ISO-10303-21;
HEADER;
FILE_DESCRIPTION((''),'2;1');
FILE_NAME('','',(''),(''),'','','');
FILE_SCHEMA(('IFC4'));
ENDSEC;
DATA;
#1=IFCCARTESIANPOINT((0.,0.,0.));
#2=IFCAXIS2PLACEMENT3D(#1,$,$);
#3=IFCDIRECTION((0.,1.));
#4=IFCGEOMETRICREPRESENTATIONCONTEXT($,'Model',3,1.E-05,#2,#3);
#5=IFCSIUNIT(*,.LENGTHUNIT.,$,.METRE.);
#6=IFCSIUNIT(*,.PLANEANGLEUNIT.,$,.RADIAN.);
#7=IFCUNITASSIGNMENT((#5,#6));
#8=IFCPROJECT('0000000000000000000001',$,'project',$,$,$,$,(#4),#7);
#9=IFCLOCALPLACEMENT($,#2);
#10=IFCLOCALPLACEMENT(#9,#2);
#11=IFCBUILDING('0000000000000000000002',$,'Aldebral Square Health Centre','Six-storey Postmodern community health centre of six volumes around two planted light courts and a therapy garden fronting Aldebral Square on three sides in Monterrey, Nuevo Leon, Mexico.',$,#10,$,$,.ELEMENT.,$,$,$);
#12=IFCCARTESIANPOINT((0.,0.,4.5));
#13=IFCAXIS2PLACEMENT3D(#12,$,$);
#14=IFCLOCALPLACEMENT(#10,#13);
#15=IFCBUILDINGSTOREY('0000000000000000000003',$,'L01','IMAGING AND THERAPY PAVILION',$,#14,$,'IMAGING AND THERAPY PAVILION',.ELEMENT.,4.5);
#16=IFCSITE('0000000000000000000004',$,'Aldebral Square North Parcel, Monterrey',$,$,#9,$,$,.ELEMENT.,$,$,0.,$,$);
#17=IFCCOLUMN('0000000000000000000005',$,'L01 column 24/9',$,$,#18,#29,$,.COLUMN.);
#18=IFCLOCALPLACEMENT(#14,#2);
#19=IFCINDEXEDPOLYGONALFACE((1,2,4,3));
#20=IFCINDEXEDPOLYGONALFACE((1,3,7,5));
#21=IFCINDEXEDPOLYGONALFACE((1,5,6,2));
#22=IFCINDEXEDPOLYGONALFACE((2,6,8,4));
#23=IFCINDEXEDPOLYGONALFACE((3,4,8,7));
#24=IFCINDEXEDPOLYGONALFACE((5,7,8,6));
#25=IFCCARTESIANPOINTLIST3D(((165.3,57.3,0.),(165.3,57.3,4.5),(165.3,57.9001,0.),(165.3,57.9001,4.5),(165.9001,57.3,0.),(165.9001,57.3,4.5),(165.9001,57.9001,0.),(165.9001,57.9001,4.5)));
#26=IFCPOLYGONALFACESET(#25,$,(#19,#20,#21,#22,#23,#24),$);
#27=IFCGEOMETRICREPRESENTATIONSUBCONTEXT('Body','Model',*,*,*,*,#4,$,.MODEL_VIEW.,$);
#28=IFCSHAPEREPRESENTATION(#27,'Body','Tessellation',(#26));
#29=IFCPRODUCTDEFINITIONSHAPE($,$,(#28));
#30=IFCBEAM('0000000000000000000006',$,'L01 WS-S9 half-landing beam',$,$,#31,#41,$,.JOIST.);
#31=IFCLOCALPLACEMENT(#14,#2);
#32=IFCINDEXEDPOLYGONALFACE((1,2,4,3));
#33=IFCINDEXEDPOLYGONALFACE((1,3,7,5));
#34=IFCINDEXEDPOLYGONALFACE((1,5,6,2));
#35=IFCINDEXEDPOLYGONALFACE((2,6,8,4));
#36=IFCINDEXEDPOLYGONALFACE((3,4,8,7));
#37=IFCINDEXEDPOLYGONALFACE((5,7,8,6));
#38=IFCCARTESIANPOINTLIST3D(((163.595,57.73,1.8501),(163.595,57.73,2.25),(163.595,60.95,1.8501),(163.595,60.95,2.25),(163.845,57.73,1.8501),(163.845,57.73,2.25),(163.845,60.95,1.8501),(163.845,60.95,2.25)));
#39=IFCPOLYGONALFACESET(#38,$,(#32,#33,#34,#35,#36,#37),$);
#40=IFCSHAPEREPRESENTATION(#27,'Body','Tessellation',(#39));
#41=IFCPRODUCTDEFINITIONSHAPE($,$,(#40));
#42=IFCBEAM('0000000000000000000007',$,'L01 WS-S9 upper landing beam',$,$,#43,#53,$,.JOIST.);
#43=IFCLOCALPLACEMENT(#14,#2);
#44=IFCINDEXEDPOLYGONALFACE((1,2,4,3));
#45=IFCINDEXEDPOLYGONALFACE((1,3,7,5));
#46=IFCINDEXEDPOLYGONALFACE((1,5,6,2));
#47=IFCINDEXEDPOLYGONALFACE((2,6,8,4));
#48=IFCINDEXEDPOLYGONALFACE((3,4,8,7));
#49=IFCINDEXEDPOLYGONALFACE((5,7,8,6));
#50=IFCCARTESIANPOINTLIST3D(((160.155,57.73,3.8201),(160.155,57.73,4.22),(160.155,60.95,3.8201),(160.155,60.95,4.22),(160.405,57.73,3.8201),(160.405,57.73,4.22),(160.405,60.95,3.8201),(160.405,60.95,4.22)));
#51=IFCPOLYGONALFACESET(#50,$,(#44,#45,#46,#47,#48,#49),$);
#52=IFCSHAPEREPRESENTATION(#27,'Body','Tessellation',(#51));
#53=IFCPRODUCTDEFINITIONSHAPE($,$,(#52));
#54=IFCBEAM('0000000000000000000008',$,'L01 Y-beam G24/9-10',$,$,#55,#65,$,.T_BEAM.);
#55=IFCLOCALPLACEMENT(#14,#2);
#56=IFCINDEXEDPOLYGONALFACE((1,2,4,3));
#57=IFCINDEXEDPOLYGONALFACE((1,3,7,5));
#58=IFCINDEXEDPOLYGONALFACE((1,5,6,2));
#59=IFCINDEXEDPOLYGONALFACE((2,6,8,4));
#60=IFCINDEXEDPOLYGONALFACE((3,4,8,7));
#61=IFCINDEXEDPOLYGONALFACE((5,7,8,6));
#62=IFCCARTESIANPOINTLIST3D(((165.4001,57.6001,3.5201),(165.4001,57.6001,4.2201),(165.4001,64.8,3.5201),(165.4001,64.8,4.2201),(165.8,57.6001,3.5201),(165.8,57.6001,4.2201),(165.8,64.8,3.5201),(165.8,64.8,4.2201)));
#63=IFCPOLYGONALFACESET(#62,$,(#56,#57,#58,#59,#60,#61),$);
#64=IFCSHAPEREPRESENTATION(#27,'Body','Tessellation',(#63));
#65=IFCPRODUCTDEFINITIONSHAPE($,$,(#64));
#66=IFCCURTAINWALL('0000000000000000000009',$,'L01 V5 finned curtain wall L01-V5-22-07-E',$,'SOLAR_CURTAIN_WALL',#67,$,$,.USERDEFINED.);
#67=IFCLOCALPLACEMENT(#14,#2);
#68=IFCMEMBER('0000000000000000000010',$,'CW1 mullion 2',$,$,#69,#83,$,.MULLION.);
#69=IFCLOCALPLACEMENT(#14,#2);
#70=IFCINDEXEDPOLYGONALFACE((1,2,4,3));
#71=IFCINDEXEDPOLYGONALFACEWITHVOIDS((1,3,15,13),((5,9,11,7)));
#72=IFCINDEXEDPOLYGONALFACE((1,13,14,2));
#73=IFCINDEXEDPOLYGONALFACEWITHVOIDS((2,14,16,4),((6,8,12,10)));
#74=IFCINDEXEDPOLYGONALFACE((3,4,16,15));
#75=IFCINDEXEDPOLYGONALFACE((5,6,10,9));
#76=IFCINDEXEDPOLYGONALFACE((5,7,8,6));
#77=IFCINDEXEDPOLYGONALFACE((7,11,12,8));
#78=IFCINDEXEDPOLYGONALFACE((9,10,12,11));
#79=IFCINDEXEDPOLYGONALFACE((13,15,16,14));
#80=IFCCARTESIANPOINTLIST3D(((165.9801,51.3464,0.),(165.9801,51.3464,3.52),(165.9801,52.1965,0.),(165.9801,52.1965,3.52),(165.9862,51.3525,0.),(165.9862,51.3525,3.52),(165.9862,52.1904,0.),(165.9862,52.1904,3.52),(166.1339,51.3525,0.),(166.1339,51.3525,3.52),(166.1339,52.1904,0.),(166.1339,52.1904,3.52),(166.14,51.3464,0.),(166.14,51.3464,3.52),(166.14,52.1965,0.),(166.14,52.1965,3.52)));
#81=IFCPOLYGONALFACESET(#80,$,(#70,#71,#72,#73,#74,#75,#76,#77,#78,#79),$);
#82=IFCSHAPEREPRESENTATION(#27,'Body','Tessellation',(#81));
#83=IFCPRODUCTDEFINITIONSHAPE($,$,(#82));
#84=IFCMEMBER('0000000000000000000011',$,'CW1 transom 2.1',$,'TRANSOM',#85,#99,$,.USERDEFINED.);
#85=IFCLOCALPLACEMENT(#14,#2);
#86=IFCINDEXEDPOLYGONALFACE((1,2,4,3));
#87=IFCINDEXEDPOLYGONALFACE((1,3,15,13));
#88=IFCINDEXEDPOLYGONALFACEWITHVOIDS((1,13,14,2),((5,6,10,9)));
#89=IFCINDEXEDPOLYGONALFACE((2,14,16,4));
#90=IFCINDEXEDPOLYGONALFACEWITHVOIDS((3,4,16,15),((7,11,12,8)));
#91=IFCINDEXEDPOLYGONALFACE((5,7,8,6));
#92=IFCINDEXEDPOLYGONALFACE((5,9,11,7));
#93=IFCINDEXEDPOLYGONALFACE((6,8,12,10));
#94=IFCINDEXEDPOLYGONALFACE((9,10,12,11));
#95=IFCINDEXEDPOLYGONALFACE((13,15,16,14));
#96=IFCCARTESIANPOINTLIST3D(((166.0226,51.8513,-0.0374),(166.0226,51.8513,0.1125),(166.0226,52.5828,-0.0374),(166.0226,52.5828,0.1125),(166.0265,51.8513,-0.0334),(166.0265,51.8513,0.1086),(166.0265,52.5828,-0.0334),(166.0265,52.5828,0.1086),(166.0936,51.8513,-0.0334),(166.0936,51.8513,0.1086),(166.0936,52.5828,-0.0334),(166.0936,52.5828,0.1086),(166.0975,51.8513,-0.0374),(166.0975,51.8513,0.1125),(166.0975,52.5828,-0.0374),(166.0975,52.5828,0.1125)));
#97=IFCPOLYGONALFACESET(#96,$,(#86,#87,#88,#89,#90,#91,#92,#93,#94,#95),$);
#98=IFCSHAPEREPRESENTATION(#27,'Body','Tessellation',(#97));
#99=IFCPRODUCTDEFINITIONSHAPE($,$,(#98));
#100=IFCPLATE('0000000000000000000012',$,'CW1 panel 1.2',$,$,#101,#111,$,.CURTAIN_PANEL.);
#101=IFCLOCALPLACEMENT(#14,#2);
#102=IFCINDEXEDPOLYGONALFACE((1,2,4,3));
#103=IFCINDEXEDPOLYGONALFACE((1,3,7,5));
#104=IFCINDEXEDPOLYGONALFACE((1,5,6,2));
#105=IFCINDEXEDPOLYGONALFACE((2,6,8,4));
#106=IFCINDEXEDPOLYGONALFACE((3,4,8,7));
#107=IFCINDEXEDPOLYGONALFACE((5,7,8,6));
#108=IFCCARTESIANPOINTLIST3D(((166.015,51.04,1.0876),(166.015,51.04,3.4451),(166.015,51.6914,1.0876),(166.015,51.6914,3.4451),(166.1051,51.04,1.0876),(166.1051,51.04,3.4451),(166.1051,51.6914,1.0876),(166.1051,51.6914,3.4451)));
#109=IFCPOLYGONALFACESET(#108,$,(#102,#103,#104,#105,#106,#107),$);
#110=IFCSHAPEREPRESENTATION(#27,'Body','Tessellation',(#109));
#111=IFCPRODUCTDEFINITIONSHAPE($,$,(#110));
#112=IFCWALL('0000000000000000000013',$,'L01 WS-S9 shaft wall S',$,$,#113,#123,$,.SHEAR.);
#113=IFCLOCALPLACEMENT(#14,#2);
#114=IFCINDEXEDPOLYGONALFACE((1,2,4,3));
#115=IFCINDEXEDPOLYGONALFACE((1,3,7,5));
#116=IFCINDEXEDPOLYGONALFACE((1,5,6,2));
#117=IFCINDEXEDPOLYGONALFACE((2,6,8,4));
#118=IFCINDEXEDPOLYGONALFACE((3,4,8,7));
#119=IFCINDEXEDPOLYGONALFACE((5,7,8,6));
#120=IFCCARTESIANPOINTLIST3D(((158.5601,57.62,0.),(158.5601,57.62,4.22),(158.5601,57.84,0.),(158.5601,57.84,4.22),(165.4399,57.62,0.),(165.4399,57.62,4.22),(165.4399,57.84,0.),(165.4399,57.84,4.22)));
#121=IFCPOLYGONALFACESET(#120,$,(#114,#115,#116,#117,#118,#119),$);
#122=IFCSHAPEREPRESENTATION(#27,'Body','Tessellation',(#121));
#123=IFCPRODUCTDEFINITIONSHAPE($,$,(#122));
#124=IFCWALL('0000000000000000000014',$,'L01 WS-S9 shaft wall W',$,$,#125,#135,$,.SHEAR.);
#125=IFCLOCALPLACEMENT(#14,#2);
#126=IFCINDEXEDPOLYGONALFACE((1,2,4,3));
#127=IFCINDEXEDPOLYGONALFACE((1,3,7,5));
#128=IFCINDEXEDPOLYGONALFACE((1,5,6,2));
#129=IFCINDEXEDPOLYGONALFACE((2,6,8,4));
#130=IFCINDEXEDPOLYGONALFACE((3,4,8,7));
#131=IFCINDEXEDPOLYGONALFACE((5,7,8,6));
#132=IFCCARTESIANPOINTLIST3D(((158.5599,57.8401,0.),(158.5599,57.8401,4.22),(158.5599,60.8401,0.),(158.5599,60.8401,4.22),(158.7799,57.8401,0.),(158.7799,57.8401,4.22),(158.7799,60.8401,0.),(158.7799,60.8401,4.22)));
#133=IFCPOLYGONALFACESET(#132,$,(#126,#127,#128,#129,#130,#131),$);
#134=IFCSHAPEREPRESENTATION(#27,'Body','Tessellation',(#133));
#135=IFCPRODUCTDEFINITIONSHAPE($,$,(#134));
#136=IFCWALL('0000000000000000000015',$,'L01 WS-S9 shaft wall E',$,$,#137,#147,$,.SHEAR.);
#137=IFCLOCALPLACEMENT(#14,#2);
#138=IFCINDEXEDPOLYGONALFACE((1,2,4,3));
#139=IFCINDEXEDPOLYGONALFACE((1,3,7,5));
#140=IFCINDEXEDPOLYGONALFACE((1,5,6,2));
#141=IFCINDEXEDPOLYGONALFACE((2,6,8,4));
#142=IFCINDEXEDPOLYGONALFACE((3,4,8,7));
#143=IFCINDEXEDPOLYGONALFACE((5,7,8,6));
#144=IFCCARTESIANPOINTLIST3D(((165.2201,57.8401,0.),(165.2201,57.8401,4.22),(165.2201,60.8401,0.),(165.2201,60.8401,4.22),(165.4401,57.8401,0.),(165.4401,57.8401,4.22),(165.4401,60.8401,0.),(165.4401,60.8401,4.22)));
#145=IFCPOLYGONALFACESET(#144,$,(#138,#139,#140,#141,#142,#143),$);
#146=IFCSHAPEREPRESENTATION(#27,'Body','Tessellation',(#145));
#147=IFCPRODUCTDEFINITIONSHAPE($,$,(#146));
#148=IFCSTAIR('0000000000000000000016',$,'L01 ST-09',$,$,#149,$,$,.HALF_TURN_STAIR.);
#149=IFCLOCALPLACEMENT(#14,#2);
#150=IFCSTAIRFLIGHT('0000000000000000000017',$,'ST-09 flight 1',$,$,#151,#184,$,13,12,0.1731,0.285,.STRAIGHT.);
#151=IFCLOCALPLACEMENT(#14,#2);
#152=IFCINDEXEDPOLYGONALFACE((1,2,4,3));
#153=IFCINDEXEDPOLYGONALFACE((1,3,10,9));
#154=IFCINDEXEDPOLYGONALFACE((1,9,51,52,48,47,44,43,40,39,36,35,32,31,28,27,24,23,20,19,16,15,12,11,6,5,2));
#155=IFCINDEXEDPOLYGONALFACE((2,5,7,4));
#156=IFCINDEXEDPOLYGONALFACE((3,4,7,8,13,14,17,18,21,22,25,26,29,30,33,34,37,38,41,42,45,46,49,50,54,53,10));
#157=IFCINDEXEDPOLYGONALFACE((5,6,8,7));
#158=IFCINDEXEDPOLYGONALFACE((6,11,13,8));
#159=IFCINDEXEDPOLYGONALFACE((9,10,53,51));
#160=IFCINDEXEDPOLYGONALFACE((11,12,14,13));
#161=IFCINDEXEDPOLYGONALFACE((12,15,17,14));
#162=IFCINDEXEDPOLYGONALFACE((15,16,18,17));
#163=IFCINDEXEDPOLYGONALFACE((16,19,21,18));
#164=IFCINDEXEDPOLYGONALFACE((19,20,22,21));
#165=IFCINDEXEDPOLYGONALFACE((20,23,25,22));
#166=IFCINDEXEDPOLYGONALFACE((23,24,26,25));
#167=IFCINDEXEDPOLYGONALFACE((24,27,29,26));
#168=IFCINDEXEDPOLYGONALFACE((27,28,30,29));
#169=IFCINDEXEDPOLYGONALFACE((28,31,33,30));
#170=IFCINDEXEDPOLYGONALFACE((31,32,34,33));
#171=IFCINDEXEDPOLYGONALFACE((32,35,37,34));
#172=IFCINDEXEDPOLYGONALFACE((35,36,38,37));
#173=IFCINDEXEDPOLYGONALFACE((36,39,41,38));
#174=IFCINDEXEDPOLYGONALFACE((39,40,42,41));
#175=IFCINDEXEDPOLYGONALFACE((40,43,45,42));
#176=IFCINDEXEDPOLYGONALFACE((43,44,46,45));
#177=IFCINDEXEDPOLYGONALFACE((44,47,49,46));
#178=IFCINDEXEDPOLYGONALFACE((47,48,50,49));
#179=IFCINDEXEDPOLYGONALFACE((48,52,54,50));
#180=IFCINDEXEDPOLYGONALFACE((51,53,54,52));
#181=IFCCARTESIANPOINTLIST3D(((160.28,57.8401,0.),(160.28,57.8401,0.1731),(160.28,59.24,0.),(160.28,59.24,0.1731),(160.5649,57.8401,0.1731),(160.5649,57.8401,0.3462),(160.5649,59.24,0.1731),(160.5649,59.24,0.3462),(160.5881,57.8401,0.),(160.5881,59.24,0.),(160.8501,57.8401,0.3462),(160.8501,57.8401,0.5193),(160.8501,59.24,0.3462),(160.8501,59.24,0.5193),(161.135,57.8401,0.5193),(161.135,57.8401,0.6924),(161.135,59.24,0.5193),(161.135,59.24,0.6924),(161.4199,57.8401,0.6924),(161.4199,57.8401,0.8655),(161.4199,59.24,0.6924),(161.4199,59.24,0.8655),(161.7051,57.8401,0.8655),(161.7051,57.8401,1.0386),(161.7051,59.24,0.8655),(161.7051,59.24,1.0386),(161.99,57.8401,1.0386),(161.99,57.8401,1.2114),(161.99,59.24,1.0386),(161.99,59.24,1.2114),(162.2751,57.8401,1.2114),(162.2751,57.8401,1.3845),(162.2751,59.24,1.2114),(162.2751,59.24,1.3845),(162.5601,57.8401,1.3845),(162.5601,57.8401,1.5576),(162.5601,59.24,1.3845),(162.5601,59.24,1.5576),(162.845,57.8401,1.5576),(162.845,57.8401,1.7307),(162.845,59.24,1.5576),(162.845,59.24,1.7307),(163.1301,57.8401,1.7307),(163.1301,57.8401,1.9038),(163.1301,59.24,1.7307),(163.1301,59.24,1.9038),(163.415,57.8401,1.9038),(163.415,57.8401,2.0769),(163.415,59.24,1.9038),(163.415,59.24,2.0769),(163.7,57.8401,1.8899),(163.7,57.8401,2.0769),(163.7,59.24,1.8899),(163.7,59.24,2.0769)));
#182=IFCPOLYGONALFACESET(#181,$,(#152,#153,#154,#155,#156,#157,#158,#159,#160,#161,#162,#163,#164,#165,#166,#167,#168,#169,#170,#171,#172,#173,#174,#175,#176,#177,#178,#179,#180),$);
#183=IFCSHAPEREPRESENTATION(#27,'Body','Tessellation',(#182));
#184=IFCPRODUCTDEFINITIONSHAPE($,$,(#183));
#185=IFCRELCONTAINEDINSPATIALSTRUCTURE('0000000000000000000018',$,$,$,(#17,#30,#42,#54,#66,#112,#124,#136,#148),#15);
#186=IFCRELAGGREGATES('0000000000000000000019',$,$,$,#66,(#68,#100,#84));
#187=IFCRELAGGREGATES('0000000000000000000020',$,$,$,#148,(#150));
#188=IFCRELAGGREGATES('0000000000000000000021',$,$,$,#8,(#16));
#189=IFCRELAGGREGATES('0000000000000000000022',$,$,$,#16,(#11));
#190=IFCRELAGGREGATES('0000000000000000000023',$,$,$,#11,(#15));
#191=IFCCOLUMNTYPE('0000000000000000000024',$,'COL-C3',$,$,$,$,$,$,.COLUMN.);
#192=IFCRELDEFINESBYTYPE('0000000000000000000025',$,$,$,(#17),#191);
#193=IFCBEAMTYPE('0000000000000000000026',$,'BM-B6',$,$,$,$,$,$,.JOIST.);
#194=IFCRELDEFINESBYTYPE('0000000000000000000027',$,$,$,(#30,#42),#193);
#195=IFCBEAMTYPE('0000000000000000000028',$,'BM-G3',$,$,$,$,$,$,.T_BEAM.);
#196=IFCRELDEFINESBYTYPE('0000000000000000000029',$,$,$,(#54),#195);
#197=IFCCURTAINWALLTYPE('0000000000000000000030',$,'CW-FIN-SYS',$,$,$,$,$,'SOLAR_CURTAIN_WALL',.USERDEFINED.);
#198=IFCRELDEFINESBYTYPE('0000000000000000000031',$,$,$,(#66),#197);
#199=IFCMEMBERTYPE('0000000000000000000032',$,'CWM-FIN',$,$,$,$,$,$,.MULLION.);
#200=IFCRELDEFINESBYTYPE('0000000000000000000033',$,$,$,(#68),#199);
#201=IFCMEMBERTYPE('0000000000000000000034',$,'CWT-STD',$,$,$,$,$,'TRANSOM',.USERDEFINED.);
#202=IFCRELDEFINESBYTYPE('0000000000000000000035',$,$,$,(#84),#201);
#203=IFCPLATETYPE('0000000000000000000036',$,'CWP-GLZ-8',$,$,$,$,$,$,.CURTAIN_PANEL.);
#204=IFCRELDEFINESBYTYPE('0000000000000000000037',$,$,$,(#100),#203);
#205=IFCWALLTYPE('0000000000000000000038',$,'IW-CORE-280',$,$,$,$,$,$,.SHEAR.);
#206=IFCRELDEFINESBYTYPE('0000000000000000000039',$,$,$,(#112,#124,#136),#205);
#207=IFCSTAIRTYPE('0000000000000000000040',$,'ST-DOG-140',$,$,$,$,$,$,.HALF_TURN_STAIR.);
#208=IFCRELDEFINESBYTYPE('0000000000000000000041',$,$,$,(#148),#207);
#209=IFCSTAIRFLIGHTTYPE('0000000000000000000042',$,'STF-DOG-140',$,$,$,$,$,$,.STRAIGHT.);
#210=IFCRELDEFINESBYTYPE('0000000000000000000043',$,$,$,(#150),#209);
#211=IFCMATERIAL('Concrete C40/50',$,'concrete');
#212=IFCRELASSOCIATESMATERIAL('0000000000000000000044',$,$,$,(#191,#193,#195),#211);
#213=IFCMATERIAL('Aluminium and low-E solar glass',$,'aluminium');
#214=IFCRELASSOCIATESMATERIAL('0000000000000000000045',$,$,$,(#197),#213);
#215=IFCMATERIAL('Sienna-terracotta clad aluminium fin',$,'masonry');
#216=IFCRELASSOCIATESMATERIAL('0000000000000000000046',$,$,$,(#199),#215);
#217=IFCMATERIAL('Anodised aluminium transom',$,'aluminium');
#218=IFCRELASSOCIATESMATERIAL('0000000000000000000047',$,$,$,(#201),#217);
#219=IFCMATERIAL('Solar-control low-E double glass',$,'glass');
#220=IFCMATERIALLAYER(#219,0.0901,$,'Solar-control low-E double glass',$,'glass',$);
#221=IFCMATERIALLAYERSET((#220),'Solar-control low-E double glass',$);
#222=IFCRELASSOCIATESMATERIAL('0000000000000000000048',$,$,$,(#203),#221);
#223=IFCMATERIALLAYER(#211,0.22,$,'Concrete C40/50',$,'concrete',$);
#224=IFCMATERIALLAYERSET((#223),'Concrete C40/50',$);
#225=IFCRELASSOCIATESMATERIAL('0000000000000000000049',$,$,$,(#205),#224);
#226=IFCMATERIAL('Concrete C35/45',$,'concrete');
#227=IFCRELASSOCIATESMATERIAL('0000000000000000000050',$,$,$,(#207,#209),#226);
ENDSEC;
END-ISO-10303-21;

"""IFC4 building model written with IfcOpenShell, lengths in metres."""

from ifc_helpers import new_model, si_unit, direction, frame, frame_2d, origin, origin_2d, place, context, subcontext, project, spatial, polyline, rectangle, hollow_rectangle, outline, extrude, material, layer, layer_set, material_profile, profile_set, type_object, element, aggregate, save


model = new_model("IFC4")

# Units and contexts
model_context = context("Model", 3, precision=1e-05, world=origin(), true_north=direction((0.0, 1.0)))
body_context = subcontext(model_context, "Body", "Model", "MODEL_VIEW")
ifc_project = project(units=[si_unit("LENGTHUNIT", "METRE"), si_unit("PLANEANGLEUNIT", "RADIAN")], contexts=[model_context])

# Site, building, storey
site_placement = place(None, origin())
site = spatial("IfcSite", under=ifc_project, at=site_placement, Name="Aldebral Square North Parcel, Monterrey", CompositionType="ELEMENT", RefElevation=0.0)
building_placement = place(site_placement, origin())
building = spatial("IfcBuilding", under=site, at=building_placement, Name="Aldebral Square Health Centre", Description="Six-storey Postmodern community health centre of six volumes around two planted light courts and a therapy garden fronting Aldebral Square on three sides in Monterrey, Nuevo Leon, Mexico.", CompositionType="ELEMENT")
storey_placement = place(building_placement, frame((0.0, 0.0, 4.5)))
storey = spatial("IfcBuildingStorey", under=building, at=storey_placement, Name="L01", Description="IMAGING AND THERAPY PAVILION", LongName="IMAGING AND THERAPY PAVILION", CompositionType="ELEMENT", Elevation=4.5)

# Column
ifc_material_1 = material(Name="Concrete C40/50", Category="concrete")
ifc_material_profile_1 = material_profile(ifc_material_1, rectangle(XDim=0.6001, YDim=0.6001, at=origin_2d()), Name="RC 600x600")
ifc_profile_set_1 = profile_set([ifc_material_profile_1], Name="Concrete C40/50")
column_type = type_object("IfcColumnType", Name="COL-C3", PredefinedType="COLUMN", material=ifc_profile_set_1)
column_placement = place(storey_placement, frame((165.6001, 57.6001, 0.0), z_axis=(0.0, 0.0, 1.0), x_axis=(1.0, 0.0, 0.0)))
element("IfcColumn", 1, at=column_placement, inside=storey, type_object=column_type, Name="L01 column 24/9", PredefinedType="COLUMN", context=body_context, shape_type="SweptSolid", body=[
    extrude(rectangle(XDim=0.6001, YDim=0.6001, at=origin_2d()), origin(), (0.0, 0.0, 1.0), 4.5),
])

# Beams
ifc_material_profile_2 = material_profile(ifc_material_1, rectangle(XDim=0.25, YDim=0.3999, at=origin_2d()), Name="RC 250x400")
ifc_profile_set_2 = profile_set([ifc_material_profile_2], Name="Concrete C40/50")
beam_type_1 = type_object("IfcBeamType", Name="BM-B6", PredefinedType="JOIST", material=ifc_profile_set_2)
for number, where, z_axis, x_axis, name in (
    (2, (163.72, 57.73, 2.05), (0.0, 1.0, 0.0), (-1.0, 0.0, 0.0), "L01 WS-S9 half-landing beam"),
    (3, (160.28, 57.73, 4.02), (0.0, 1.0, 0.0), (-1.0, 0.0, 0.0), "L01 WS-S9 upper landing beam"),
):
    element("IfcBeam", number, at=place(storey_placement, frame(where, z_axis=z_axis, x_axis=x_axis)), inside=storey, type_object=beam_type_1, Name=name, PredefinedType="JOIST", context=body_context, shape_type="SweptSolid", body=[
        extrude(rectangle(XDim=0.25, YDim=0.3999, at=origin_2d()), origin(), (0.0, 0.0, 1.0), 3.22),
    ])
ifc_material_profile_3 = material_profile(ifc_material_1, rectangle(XDim=0.3999, YDim=0.7, at=origin_2d()), Name="RC 400x700")
ifc_profile_set_3 = profile_set([ifc_material_profile_3], Name="Concrete C40/50")
beam_type_2 = type_object("IfcBeamType", Name="BM-G3", PredefinedType="T_BEAM", material=ifc_profile_set_3)
beam_placement = place(storey_placement, frame((165.6001, 57.6001, 3.8701), z_axis=(0.0, 1.0, 0.0), x_axis=(-1.0, 0.0, 0.0)))
element("IfcBeam", 4, at=beam_placement, inside=storey, type_object=beam_type_2, Name="L01 Y-beam G24/9-10", PredefinedType="T_BEAM", context=body_context, shape_type="SweptSolid", body=[
    extrude(rectangle(XDim=0.3999, YDim=0.7, at=origin_2d()), origin(), (0.0, 0.0, 1.0), 7.2),
])

# Curtain wall, members, plate
ifc_material_2 = material(Name="Aluminium and low-E solar glass", Category="aluminium")
curtain_wall_type = type_object("IfcCurtainWallType", Name="CW-FIN-SYS", ElementType="SOLAR_CURTAIN_WALL", PredefinedType="USERDEFINED", material=ifc_material_2)
curtain_wall_placement = place(storey_placement, origin())
curtain_wall = element("IfcCurtainWall", 5, at=curtain_wall_placement, inside=storey, type_object=curtain_wall_type, Name="L01 V5 finned curtain wall L01-V5-22-07-E", ObjectType="SOLAR_CURTAIN_WALL", PredefinedType="USERDEFINED")
ifc_material_3 = material(Name="Sienna-terracotta clad aluminium fin", Category="masonry")
ifc_material_profile_4 = material_profile(ifc_material_3, hollow_rectangle(XDim=0.1599, YDim=0.8501, WallThickness=0.0061, at=origin_2d()), Name="FIN 160x850x6")
ifc_profile_set_4 = profile_set([ifc_material_profile_4], Name="Sienna-terracotta clad aluminium fin")
member_type_1 = type_object("IfcMemberType", Name="CWM-FIN", PredefinedType="MULLION", material=ifc_profile_set_4)
member_1_placement = place(storey_placement, frame((166.0601, 51.7715, 0.0), z_axis=(0.0, 0.0, 1.0), x_axis=(-1.0, 0.0, 0.0)))
member_1 = element("IfcMember", 6, at=member_1_placement, type_object=member_type_1, Name="CW1 mullion 2", PredefinedType="MULLION", context=body_context, shape_type="SweptSolid", body=[
    extrude(hollow_rectangle(XDim=0.1599, YDim=0.8501, WallThickness=0.0061, at=origin_2d()), origin(), (0.0, 0.0, 1.0), 3.52),
])
ifc_material_4 = material(Name="Anodised aluminium transom", Category="aluminium")
ifc_material_profile_5 = material_profile(ifc_material_4, hollow_rectangle(XDim=0.075, YDim=0.1499, WallThickness=0.0039, at=origin_2d()), Name="CWT 75x150x4")
ifc_profile_set_5 = profile_set([ifc_material_profile_5], Name="Anodised aluminium transom")
member_type_2 = type_object("IfcMemberType", Name="CWT-STD", ElementType="TRANSOM", PredefinedType="USERDEFINED", material=ifc_profile_set_5)
member_2_placement = place(storey_placement, frame((166.0601, 51.8513, 0.0376), z_axis=(0.0, 1.0, 0.0), x_axis=(-1.0, 0.0, 0.0)))
member_2 = element("IfcMember", 7, at=member_2_placement, type_object=member_type_2, Name="CW1 transom 2.1", ObjectType="TRANSOM", PredefinedType="USERDEFINED", context=body_context, shape_type="SweptSolid", body=[
    extrude(hollow_rectangle(XDim=0.075, YDim=0.1499, WallThickness=0.0039, at=origin_2d()), origin(), (0.0, 0.0, 1.0), 0.7314),
])
ifc_material_5 = material(Name="Solar-control low-E double glass", Category="glass")
ifc_layer_1 = layer(ifc_material_5, 0.0901, Name="Solar-control low-E double glass", Category="glass")
ifc_layer_set_1 = layer_set([ifc_layer_1], Name="Solar-control low-E double glass")
plate_type = type_object("IfcPlateType", Name="CWP-GLZ-8", PredefinedType="CURTAIN_PANEL", material=ifc_layer_set_1)
plate_placement = place(storey_placement, frame((166.0601, 51.3657, 1.0876), z_axis=(0.0, 0.0, 1.0), x_axis=(0.0, 1.0, 0.0)))
plate = element("IfcPlate", 8, at=plate_placement, type_object=plate_type, Name="CW1 panel 1.2", PredefinedType="CURTAIN_PANEL", context=body_context, shape_type="SweptSolid", body=[
    extrude(rectangle(XDim=0.6514, YDim=0.0901, at=origin_2d()), origin(), (0.0, 0.0, 1.0), 2.3574),
])
aggregate(curtain_wall, [member_1, plate, member_2])

# Walls
ifc_layer_2 = layer(ifc_material_1, 0.22, Name="Concrete C40/50", Category="concrete")
ifc_layer_set_2 = layer_set([ifc_layer_2], Name="Concrete C40/50")
wall_type = type_object("IfcWallType", Name="IW-CORE-280", PredefinedType="SHEAR", material=ifc_layer_set_2)
wall_placement = place(storey_placement, frame((158.5601, 57.73, 0.0), z_axis=(0.0, 0.0, 1.0), x_axis=(1.0, 0.0, 0.0)))
element("IfcWall", 9, at=wall_placement, inside=storey, type_object=wall_type, Name="L01 WS-S9 shaft wall S", PredefinedType="SHEAR", context=body_context, shape_type="SweptSolid", body=[
    extrude(rectangle(XDim=6.8799, YDim=0.22, at=frame_2d((3.4399, 0.0))), origin(), (0.0, 0.0, 1.0), 4.22),
])
for number, where, z_axis, x_axis, name in (
    (10, (158.6699, 57.8401, 0.0), (0.0, 0.0, 1.0), (0.0, 1.0, 0.0), "L01 WS-S9 shaft wall W"),
    (11, (165.3301, 57.8401, 0.0), (0.0, 0.0, 1.0), (0.0, 1.0, 0.0), "L01 WS-S9 shaft wall E"),
):
    element("IfcWall", number, at=place(storey_placement, frame(where, z_axis=z_axis, x_axis=x_axis)), inside=storey, type_object=wall_type, Name=name, PredefinedType="SHEAR", context=body_context, shape_type="SweptSolid", body=[
        extrude(rectangle(XDim=3.0, YDim=0.22, at=frame_2d((1.5, 0.0))), origin(), (0.0, 0.0, 1.0), 4.22),
    ])

# Stair, stair flight
ifc_material_6 = material(Name="Concrete C35/45", Category="concrete")
stair_type = type_object("IfcStairType", Name="ST-DOG-140", PredefinedType="HALF_TURN_STAIR", material=ifc_material_6)
stair_placement = place(storey_placement, origin())
stair = element("IfcStair", 12, at=stair_placement, inside=storey, type_object=stair_type, Name="L01 ST-09", PredefinedType="HALF_TURN_STAIR")
stair_flight_type = type_object("IfcStairFlightType", Name="STF-DOG-140", PredefinedType="STRAIGHT", material=ifc_material_6)
stair_flight_placement = place(storey_placement, frame((160.28, 58.54, 0.0), z_axis=(0.0, 0.0, 1.0), x_axis=(1.0, 0.0, 0.0)))
stair_flight = element("IfcStairFlight", 13, at=stair_flight_placement, type_object=stair_flight_type, Name="ST-09 flight 1", NumberOfRisers=13, NumberOfTreads=12, PredefinedType="STRAIGHT", RiserHeight=0.1731, TreadLength=0.285, context=body_context, shape_type="SweptSolid", body=[
    extrude(outline(polyline([(0.0, 0.0), (0.0, 0.1731), (0.2849, 0.1731), (0.2849, 0.3462), (0.5701, 0.3462), (0.5701, 0.5193), (0.855, 0.5193), (0.855, 0.6924), (1.1399, 0.6924), (1.1399, 0.8655), (1.425, 0.8655), (1.425, 1.0386), (1.71, 1.0386), (1.71, 1.2114), (1.9951, 1.2114), (1.9951, 1.3845), (2.28, 1.3845), (2.28, 1.5576), (2.5649, 1.5576), (2.5649, 1.7307), (2.8501, 1.7307), (2.8501, 1.9038), (3.135, 1.9038), (3.135, 2.0769), (3.4199, 2.0769), (3.4199, 2.25), (3.4199, 1.8899), (0.3081, 0.0), (0.0, 0.0)])), frame((0.0, 0.7, 0.0), z_axis=(0.0, -1.0, 0.0), x_axis=(1.0, 0.0, 0.0)), (0.0, 0.0, 1.0), 1.3999),
])
aggregate(stair, [stair_flight])

save(model, "model.ifc")
